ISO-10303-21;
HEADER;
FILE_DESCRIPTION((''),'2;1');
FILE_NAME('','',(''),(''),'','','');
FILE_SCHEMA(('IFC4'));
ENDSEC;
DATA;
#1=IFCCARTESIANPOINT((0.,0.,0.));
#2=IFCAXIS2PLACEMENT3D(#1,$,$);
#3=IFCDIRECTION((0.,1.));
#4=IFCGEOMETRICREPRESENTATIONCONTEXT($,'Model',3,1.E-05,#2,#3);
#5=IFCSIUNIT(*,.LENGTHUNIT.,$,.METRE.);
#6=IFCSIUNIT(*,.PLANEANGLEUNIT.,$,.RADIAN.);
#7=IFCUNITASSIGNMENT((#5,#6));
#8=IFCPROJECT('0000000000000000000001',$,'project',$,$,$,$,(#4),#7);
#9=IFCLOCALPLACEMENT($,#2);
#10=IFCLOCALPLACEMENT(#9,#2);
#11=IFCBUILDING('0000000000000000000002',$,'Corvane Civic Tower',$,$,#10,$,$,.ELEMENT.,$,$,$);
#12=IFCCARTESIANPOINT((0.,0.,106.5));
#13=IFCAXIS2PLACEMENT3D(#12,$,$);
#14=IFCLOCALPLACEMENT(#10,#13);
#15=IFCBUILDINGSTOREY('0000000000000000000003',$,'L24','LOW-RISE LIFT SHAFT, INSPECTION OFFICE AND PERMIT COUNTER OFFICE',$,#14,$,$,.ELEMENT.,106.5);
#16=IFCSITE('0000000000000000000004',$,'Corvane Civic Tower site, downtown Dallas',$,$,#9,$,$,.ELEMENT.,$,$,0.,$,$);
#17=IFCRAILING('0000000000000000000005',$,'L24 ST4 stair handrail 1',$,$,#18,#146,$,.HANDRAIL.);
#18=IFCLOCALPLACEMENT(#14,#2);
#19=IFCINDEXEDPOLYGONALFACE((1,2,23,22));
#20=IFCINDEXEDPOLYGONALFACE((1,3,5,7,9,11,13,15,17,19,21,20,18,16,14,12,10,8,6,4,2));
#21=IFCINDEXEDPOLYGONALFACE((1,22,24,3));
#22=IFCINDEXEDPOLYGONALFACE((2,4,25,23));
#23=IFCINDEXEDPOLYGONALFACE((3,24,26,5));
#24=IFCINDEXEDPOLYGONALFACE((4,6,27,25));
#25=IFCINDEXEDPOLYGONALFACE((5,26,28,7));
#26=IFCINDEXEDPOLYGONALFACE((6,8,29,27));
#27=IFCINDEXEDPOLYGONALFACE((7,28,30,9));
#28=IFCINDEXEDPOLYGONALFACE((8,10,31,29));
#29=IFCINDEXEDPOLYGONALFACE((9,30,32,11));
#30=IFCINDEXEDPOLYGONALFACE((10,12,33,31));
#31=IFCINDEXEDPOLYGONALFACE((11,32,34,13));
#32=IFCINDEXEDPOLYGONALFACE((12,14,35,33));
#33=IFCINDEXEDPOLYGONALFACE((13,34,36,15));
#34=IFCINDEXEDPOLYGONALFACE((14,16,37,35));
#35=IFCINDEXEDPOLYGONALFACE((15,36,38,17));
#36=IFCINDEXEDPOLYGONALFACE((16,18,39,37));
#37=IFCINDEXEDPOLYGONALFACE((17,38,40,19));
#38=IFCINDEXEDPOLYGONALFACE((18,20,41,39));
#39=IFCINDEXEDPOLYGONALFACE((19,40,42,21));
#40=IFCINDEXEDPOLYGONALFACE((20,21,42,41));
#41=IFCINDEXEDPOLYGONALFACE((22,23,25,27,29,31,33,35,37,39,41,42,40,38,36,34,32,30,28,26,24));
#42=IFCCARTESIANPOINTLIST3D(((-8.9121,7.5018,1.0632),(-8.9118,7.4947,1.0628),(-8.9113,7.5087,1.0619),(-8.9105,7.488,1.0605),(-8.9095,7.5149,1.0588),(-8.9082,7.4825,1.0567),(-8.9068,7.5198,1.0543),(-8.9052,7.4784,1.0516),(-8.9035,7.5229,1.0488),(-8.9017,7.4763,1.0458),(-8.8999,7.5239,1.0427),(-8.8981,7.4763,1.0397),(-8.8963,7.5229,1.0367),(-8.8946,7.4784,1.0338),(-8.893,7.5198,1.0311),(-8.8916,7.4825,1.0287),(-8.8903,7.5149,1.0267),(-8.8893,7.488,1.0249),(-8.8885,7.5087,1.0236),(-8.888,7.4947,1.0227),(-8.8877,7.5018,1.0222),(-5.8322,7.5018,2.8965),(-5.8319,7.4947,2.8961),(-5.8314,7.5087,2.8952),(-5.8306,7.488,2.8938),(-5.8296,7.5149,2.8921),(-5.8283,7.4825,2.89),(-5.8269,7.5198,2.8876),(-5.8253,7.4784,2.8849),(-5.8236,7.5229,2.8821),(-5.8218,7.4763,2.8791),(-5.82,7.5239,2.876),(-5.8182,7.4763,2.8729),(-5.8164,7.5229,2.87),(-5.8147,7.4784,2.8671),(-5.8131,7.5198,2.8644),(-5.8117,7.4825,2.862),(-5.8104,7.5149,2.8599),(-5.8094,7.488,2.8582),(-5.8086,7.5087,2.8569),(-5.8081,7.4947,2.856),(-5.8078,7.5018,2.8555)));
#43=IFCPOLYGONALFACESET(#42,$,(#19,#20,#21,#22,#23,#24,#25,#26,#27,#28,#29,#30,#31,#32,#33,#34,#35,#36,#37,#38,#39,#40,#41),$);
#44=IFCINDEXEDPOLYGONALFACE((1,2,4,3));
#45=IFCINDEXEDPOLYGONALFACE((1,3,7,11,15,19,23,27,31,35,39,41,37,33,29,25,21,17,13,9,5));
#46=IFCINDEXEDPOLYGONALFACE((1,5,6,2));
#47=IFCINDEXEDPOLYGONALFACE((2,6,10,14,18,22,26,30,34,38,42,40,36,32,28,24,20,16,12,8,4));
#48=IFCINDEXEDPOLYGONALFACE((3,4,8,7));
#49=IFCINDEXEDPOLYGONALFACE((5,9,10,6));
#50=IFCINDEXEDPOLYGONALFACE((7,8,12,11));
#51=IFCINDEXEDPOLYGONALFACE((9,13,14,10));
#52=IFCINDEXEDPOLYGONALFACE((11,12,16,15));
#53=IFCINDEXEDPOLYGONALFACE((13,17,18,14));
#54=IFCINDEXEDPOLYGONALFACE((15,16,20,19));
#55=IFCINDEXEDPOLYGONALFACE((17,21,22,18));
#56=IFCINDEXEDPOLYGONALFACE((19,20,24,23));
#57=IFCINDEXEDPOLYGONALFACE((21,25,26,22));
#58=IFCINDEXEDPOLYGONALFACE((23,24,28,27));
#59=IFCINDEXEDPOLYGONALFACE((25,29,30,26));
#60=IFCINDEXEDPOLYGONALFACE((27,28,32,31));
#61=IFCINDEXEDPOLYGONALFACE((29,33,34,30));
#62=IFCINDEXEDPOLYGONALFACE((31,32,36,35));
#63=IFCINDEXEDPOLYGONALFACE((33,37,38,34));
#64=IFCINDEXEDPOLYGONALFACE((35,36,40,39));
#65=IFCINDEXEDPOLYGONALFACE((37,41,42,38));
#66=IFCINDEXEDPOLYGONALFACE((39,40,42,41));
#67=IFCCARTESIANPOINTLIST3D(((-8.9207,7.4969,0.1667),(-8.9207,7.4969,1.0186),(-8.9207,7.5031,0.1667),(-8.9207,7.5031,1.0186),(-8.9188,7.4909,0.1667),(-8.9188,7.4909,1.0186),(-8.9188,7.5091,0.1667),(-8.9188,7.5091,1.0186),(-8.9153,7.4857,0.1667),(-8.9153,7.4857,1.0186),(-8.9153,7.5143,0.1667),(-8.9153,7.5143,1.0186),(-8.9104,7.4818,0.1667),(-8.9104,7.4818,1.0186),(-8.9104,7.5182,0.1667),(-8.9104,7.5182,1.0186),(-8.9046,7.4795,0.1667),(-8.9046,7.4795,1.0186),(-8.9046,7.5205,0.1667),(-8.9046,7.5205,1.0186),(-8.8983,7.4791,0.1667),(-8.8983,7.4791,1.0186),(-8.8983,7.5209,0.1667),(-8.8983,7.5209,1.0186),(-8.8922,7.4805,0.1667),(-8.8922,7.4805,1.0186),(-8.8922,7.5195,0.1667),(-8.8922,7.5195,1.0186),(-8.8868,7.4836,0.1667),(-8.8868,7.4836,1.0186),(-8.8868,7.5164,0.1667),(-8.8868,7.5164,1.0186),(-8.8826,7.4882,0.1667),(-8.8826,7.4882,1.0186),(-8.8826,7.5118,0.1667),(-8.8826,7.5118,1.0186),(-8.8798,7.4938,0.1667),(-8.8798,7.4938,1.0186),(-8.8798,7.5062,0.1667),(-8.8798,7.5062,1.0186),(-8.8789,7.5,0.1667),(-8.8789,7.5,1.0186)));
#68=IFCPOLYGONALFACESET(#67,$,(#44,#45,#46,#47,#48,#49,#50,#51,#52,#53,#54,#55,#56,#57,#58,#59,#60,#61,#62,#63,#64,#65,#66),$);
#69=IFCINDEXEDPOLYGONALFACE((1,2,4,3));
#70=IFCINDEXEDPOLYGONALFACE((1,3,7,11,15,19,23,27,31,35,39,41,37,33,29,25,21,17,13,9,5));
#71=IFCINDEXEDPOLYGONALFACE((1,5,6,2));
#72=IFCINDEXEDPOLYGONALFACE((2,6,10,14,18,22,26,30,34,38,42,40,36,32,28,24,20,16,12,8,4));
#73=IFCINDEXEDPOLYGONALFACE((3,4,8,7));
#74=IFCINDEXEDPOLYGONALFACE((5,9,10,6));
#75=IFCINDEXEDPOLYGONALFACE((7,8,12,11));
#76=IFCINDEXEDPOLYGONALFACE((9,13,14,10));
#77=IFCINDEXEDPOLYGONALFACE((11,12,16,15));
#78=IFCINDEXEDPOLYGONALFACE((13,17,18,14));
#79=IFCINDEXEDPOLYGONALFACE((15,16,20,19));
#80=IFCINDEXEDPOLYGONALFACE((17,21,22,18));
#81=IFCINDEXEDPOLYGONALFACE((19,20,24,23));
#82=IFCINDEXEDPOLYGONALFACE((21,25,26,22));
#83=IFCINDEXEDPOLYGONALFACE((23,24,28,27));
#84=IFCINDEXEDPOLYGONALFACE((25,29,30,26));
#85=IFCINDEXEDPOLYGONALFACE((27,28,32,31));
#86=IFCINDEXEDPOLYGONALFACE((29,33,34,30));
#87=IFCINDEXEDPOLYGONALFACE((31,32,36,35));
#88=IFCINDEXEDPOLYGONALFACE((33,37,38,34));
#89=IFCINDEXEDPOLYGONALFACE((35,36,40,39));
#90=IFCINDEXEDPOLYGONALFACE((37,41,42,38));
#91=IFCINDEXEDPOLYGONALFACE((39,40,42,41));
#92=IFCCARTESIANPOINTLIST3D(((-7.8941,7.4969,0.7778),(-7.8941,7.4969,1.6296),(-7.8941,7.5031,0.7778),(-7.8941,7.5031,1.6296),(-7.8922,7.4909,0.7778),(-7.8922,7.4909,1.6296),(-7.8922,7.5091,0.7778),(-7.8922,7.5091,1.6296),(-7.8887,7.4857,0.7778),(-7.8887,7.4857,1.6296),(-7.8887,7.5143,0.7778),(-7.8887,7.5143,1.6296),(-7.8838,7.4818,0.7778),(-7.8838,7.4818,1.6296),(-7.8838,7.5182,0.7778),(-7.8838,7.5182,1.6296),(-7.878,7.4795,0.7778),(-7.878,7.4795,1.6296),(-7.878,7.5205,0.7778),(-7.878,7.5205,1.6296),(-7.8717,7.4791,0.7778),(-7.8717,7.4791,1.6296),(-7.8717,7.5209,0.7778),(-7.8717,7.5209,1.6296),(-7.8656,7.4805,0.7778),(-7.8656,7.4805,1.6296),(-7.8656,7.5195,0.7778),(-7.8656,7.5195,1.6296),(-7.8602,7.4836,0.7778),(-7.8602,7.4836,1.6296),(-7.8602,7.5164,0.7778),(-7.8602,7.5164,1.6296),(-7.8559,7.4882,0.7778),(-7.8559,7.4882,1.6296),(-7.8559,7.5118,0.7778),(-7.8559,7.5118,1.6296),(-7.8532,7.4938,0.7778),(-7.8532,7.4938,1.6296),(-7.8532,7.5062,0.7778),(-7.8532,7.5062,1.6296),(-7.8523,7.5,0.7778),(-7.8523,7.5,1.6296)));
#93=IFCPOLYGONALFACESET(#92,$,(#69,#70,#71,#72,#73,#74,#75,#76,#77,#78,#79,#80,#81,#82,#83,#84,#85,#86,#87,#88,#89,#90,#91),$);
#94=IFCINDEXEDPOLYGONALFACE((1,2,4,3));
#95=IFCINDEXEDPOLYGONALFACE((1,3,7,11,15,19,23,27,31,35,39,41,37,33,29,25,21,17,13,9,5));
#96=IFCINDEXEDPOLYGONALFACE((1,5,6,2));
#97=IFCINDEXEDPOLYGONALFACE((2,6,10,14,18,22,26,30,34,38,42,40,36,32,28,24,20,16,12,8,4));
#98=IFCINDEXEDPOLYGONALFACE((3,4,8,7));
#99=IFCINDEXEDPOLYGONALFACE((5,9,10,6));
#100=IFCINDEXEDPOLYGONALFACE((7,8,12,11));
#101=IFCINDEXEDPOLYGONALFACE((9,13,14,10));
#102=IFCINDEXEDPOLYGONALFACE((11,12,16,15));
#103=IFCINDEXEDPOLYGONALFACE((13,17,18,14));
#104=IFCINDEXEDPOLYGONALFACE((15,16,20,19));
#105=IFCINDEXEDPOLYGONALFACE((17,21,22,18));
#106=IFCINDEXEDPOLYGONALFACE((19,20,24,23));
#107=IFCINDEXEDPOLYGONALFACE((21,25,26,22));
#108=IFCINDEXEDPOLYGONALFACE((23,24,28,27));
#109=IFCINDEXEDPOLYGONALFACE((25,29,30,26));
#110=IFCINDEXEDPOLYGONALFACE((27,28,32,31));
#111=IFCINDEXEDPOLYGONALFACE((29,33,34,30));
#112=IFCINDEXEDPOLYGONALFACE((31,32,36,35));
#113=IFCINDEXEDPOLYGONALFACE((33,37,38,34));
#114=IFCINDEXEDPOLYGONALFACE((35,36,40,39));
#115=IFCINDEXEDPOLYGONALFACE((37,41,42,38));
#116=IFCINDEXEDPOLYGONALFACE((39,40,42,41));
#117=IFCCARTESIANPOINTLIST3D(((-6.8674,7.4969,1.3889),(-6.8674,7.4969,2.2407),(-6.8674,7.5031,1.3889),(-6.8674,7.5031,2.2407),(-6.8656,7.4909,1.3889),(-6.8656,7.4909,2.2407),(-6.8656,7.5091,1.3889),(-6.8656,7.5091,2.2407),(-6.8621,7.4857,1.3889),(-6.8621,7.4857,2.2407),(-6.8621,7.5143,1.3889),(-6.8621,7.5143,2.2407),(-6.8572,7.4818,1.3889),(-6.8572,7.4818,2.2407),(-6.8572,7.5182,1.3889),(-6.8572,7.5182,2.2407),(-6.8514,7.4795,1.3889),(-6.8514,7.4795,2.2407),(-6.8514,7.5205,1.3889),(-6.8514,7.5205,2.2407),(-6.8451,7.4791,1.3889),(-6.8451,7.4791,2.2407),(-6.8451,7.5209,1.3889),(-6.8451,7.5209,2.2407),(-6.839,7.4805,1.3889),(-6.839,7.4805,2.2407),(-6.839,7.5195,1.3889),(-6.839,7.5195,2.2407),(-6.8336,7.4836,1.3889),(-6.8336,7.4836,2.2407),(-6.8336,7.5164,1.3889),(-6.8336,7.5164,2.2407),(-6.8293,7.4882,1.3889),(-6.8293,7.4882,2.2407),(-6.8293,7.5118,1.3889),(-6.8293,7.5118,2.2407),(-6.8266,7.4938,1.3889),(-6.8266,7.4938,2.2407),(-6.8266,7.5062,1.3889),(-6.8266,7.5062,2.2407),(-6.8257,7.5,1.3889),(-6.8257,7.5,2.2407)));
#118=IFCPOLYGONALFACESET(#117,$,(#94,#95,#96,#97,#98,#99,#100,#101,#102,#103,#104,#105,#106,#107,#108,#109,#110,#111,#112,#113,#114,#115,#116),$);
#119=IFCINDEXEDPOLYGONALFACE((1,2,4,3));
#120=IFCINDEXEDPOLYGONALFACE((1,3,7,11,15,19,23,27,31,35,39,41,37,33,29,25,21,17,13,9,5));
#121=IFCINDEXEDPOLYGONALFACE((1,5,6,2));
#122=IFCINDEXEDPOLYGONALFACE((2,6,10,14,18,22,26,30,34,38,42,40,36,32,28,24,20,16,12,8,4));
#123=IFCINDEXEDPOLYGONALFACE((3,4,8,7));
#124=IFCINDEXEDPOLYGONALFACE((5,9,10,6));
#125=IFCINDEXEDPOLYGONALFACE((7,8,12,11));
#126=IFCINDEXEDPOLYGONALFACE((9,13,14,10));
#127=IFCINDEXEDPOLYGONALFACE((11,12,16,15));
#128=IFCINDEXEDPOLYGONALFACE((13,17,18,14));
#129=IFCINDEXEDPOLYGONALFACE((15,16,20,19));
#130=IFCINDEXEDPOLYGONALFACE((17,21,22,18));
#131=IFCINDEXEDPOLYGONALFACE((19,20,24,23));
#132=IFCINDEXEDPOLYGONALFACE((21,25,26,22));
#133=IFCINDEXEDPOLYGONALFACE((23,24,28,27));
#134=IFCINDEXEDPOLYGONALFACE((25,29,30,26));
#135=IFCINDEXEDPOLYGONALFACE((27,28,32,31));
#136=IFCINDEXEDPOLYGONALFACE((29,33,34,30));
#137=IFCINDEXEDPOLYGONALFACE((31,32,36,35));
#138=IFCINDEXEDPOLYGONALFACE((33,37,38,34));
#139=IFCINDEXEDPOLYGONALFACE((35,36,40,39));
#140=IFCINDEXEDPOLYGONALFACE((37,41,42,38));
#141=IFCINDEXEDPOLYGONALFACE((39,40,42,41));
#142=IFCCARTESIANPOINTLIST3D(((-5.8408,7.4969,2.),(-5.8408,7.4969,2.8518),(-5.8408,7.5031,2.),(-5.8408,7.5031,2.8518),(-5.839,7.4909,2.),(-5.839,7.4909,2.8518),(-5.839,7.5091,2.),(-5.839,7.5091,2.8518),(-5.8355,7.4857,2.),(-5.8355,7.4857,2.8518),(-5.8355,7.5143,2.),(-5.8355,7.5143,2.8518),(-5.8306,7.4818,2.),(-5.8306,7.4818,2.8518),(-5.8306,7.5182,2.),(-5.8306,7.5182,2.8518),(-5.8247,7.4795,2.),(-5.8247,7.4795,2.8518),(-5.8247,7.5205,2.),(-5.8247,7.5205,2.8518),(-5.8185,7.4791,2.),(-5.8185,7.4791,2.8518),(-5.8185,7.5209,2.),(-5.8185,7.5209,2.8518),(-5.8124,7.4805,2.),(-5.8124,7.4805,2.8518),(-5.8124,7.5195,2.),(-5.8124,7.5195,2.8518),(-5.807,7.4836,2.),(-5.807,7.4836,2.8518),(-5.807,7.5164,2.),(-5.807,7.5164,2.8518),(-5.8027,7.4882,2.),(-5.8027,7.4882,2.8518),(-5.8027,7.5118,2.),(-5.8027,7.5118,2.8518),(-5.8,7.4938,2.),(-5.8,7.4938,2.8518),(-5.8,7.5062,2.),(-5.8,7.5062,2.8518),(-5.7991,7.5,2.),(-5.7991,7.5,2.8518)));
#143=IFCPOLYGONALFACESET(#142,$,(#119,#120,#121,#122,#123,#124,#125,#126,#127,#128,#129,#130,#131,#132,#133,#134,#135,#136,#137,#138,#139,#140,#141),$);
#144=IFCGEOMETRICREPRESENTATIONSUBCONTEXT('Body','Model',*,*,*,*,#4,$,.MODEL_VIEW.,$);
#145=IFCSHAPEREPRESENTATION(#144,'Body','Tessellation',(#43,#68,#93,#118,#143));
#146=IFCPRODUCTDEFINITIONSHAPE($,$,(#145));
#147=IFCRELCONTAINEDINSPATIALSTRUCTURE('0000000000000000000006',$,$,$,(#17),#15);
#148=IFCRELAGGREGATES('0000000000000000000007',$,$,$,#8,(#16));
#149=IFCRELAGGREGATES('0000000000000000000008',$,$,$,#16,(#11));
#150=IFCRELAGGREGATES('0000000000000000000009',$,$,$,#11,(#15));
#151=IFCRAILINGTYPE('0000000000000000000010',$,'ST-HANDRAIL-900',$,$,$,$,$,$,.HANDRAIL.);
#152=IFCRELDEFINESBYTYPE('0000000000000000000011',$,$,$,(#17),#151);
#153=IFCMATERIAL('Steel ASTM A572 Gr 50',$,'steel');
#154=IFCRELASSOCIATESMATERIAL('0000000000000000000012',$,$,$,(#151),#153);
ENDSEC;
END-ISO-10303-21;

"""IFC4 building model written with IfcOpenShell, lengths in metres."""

from ifc_helpers import new_model, si_unit, direction, frame, origin, origin_2d, place, context, subcontext, project, spatial, circle, extrude, material, type_object, element, save


model = new_model("IFC4")

# Units and contexts
model_context = context("Model", 3, precision=1e-05, world=origin(), true_north=direction((0.0, 1.0)))
body_context = subcontext(model_context, "Body", "Model", "MODEL_VIEW")
ifc_project = project(units=[si_unit("LENGTHUNIT", "METRE"), si_unit("PLANEANGLEUNIT", "RADIAN")], contexts=[model_context])

# Site, building, storey
site_placement = place(None, origin())
site = spatial("IfcSite", under=ifc_project, at=site_placement, Name="Corvane Civic Tower site, downtown Dallas", CompositionType="ELEMENT", RefElevation=0.0)
building_placement = place(site_placement, origin())
building = spatial("IfcBuilding", under=site, at=building_placement, Name="Corvane Civic Tower", CompositionType="ELEMENT")
storey_placement = place(building_placement, frame((0.0, 0.0, 106.5)))
storey = spatial("IfcBuildingStorey", under=building, at=storey_placement, Name="L24", Description="LOW-RISE LIFT SHAFT, INSPECTION OFFICE AND PERMIT COUNTER OFFICE", CompositionType="ELEMENT", Elevation=106.5)

# Railing
ifc_material_1 = material(Name="Steel ASTM A572 Gr 50", Category="steel")
railing_type_1 = type_object("IfcRailingType", Name="ST-HANDRAIL-900", PredefinedType="HANDRAIL", material=ifc_material_1)
railing_1_placement = place(storey_placement, frame((-8.8999, 7.5, 0.1667)))
element("IfcRailing", 1, at=railing_1_placement, inside=storey, type_object=railing_type_1, Name="L24 ST4 stair handrail 1", PredefinedType="HANDRAIL", context=body_context, shape_type="SweptSolid", body=[
    extrude(circle(Radius=0.0239, at=origin_2d()), frame((0.0, 0.0, 0.876), z_axis=(0.859291, 0.0, 0.511487), x_axis=(0.0, 1.0, 0.0)), (0.0, 0.0, 1.0), 3.5842),
    extrude(circle(Radius=0.021, at=origin_2d()), origin(), (0.0, 0.0, 1.0), 0.8518),
    extrude(circle(Radius=0.021, at=origin_2d()), frame((1.0266, 0.0, 0.6111)), (0.0, 0.0, 1.0), 0.8518),
    extrude(circle(Radius=0.021, at=origin_2d()), frame((2.0532, 0.0, 1.2222)), (0.0, 0.0, 1.0), 0.8518),
    extrude(circle(Radius=0.021, at=origin_2d()), frame((3.0798, 0.0, 1.8333)), (0.0, 0.0, 1.0), 0.8518),
])

save(model, "model.ifc")
